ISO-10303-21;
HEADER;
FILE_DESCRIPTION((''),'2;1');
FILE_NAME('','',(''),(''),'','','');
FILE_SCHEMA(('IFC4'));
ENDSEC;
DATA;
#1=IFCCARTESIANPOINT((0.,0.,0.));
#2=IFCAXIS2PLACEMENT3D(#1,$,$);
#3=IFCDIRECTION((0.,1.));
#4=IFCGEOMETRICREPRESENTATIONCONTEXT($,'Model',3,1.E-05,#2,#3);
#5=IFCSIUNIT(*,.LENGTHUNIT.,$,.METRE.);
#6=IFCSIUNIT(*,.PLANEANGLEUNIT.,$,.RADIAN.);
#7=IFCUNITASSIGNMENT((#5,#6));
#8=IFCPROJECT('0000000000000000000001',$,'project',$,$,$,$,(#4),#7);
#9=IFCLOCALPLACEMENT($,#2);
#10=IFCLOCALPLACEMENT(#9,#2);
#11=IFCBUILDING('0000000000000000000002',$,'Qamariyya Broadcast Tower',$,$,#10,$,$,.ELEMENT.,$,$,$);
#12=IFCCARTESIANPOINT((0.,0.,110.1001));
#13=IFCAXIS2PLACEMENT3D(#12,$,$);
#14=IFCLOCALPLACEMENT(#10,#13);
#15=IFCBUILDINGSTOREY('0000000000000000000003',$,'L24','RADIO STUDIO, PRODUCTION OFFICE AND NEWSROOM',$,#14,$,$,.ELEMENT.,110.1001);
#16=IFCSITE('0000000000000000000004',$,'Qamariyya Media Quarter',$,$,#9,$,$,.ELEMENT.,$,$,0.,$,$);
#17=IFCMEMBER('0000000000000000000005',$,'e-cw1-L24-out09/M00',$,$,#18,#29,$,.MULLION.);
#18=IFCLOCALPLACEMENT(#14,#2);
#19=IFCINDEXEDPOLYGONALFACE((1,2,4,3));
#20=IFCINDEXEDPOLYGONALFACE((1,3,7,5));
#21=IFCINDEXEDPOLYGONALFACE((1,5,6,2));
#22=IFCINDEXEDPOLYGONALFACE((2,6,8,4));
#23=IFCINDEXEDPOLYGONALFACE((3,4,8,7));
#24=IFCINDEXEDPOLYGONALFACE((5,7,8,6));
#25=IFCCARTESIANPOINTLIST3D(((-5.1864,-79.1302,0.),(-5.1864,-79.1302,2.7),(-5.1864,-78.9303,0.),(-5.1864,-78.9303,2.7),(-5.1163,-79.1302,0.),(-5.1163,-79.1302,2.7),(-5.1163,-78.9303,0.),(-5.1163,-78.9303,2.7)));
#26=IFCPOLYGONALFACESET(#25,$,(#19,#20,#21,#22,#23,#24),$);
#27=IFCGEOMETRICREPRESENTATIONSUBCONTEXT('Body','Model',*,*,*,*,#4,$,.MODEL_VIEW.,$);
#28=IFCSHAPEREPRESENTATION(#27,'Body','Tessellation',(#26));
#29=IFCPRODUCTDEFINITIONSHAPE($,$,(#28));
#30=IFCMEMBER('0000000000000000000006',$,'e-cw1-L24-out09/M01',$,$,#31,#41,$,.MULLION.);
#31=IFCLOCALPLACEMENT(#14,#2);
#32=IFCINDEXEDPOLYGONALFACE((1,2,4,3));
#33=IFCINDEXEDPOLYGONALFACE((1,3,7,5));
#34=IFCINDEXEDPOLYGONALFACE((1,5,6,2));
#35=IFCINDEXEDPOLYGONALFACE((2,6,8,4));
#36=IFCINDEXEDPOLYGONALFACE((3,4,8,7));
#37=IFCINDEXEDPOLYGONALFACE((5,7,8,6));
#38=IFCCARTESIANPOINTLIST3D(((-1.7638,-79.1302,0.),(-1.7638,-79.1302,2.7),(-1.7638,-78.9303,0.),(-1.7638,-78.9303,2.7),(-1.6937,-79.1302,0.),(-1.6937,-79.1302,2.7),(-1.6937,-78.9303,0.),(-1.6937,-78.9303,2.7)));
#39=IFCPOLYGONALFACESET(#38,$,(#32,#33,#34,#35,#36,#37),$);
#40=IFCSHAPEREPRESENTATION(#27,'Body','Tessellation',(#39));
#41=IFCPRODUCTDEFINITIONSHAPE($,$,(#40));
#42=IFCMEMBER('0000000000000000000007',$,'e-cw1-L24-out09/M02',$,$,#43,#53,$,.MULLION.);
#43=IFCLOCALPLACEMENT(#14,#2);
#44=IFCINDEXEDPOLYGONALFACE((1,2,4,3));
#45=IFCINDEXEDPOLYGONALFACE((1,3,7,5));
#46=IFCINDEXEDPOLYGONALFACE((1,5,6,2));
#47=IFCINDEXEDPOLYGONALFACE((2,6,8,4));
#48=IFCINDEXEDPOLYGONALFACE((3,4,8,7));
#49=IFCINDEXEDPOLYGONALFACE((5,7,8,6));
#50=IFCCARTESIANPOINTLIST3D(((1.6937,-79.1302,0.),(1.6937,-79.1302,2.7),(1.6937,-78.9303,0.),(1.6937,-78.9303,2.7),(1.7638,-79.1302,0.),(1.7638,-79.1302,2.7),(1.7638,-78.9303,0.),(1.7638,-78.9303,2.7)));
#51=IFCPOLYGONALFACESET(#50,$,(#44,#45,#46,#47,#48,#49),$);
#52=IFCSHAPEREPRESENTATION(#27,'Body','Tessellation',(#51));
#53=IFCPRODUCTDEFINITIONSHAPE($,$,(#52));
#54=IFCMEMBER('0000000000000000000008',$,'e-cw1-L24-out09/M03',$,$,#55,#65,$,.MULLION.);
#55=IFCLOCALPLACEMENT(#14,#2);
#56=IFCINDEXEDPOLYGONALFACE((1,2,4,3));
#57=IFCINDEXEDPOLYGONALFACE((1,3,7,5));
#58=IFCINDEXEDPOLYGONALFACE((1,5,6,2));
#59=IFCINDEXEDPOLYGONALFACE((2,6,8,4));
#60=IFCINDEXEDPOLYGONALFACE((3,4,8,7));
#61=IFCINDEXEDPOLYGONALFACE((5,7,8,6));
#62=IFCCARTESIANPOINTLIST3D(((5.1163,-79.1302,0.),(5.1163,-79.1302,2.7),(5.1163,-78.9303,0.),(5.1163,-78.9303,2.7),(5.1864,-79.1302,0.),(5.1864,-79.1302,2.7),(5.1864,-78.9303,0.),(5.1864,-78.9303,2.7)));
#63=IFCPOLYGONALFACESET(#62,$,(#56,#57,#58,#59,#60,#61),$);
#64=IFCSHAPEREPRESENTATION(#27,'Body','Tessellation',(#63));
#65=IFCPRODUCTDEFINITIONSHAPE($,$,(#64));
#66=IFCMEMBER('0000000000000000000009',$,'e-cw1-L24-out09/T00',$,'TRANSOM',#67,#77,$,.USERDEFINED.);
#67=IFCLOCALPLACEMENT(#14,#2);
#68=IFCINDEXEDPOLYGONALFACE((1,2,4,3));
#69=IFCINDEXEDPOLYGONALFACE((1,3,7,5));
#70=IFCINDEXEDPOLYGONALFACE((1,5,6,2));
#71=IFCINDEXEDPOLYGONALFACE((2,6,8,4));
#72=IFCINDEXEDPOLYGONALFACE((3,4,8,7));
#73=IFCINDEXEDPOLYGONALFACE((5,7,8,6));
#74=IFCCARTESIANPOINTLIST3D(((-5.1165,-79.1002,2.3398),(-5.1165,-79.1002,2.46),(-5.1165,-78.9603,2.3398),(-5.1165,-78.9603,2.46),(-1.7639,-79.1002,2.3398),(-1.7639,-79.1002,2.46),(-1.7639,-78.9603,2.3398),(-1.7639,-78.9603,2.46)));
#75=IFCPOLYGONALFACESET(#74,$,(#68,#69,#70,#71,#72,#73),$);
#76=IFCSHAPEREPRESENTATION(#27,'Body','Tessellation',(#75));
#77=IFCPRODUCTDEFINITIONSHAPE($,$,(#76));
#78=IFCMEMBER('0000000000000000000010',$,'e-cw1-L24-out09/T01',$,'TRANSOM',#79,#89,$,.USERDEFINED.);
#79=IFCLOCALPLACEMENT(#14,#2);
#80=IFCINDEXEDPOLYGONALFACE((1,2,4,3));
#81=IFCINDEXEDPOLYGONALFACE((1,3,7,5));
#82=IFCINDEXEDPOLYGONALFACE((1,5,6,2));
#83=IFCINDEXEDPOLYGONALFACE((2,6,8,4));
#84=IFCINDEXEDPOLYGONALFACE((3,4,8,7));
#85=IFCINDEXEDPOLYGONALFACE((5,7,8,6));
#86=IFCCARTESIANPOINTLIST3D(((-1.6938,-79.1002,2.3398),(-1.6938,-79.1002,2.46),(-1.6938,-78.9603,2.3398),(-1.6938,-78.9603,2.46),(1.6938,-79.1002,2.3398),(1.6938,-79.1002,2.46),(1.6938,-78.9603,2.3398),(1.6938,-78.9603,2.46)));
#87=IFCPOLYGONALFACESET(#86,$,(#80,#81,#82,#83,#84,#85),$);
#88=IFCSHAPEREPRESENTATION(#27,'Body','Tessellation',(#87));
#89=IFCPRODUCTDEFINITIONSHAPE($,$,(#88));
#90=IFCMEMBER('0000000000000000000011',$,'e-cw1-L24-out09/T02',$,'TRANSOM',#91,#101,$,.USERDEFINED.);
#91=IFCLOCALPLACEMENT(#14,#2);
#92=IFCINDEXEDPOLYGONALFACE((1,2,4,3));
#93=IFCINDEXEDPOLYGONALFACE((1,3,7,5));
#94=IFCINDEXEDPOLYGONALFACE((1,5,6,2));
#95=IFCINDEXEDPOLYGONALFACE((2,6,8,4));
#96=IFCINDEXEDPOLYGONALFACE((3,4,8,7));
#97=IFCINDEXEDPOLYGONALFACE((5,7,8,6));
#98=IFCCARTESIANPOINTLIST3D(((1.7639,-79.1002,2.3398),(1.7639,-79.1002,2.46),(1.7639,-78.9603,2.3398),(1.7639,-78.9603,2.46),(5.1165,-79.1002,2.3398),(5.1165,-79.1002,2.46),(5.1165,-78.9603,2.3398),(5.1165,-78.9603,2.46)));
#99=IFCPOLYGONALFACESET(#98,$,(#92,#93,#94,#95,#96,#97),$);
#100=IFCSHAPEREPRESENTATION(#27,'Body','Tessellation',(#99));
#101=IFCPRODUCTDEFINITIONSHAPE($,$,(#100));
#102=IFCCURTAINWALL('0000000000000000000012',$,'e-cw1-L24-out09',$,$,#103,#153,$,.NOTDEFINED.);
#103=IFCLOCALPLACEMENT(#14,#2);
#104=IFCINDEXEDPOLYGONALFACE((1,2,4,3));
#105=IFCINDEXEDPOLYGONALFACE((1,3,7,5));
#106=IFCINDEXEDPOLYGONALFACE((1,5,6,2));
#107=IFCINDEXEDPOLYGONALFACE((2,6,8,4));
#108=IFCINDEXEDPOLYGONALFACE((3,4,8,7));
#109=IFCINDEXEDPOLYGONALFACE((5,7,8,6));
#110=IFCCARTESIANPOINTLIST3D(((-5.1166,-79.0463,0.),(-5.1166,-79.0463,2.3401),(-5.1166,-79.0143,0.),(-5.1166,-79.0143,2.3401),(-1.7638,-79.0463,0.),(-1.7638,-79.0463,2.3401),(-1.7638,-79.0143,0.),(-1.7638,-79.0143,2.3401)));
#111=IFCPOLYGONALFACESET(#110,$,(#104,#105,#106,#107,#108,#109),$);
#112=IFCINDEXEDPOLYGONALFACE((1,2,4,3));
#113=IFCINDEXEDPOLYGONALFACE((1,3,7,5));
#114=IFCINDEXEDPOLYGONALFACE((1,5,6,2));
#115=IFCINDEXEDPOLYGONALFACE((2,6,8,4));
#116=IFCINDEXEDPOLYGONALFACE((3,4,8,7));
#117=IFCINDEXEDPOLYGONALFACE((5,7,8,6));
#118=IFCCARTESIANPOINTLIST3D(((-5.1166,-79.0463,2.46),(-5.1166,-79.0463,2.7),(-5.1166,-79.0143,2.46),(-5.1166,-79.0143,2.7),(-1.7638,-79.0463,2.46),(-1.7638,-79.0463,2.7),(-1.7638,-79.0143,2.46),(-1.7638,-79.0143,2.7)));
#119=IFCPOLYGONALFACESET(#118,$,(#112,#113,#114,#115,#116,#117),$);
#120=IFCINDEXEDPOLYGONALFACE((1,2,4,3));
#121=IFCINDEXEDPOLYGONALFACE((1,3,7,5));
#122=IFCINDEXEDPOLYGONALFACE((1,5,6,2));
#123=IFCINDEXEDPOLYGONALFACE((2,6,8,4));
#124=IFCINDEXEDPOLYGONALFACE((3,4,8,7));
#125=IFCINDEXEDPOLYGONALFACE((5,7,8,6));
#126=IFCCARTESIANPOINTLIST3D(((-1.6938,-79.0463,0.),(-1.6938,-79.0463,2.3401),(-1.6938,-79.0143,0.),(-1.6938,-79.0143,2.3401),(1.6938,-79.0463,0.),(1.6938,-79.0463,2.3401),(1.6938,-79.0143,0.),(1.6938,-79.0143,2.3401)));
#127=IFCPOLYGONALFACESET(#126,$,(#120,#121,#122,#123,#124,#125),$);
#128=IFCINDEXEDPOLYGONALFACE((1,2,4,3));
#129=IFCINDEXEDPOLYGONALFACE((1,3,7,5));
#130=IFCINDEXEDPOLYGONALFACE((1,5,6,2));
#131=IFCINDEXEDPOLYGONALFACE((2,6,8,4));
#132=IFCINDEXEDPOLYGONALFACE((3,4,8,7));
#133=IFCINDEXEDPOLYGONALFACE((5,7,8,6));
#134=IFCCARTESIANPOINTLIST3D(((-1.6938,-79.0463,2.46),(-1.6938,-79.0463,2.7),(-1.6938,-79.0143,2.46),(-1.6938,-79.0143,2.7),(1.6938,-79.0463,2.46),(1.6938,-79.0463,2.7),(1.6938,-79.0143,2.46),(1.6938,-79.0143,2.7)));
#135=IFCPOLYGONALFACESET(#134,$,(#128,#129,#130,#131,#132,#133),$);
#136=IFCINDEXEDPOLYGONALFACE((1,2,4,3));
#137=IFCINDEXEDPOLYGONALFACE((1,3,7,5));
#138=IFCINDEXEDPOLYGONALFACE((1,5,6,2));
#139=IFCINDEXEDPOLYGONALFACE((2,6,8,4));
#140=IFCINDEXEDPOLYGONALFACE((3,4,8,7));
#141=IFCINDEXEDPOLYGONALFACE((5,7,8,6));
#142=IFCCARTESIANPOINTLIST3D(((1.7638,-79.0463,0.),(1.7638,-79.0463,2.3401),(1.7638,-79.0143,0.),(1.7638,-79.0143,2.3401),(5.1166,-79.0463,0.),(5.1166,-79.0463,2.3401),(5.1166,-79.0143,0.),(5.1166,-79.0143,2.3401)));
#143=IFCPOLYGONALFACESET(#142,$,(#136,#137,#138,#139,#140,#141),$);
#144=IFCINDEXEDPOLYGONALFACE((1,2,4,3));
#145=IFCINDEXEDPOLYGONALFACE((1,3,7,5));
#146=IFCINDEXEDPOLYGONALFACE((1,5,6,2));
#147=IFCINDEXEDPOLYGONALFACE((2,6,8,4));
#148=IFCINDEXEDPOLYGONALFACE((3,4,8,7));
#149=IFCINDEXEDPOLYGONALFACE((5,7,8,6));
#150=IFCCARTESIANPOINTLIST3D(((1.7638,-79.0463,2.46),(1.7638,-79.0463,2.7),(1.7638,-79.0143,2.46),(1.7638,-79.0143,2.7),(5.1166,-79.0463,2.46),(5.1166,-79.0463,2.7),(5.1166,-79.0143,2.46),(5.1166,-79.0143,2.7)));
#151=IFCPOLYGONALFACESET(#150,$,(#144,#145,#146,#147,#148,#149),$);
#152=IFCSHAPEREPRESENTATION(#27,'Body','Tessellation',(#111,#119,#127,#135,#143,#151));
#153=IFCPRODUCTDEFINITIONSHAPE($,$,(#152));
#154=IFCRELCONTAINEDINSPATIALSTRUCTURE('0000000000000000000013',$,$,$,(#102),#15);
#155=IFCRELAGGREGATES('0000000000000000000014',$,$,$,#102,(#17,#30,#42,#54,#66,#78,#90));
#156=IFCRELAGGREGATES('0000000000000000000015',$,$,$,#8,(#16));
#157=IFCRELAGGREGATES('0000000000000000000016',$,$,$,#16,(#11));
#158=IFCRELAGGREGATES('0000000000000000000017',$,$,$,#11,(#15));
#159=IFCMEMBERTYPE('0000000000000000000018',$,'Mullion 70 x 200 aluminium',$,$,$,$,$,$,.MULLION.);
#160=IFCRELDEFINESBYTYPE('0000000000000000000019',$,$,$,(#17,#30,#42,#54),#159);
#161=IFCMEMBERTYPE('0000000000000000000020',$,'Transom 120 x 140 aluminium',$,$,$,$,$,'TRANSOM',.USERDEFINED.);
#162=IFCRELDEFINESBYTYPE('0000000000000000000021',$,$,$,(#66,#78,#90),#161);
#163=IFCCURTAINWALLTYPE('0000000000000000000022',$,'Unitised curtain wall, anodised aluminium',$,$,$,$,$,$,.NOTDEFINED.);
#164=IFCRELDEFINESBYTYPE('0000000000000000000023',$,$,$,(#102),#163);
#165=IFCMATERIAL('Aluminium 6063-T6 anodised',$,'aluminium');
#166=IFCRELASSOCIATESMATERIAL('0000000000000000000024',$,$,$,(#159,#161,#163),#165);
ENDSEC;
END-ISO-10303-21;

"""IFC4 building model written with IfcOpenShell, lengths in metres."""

from ifc_helpers import new_model, si_unit, direction, frame, origin, origin_2d, place, context, subcontext, project, spatial, rectangle, extrude, material, material_profile, profile_set, type_object, element, aggregate, save


model = new_model("IFC4")

# Units and contexts
model_context = context("Model", 3, precision=1e-05, world=origin(), true_north=direction((0.0, 1.0)))
body_context = subcontext(model_context, "Body", "Model", "MODEL_VIEW")
ifc_project = project(units=[si_unit("LENGTHUNIT", "METRE"), si_unit("PLANEANGLEUNIT", "RADIAN")], contexts=[model_context])

# Members
ifc_material = material(Name="Aluminium 6063-T6 anodised", Category="aluminium")
ifc_material_profile_1 = material_profile(ifc_material, rectangle(XDim=0.2, YDim=0.0701, at=origin_2d()))
ifc_profile_set_1 = profile_set([ifc_material_profile_1], Name="Aluminium 6063-T6 anodised")
member_type_1 = type_object("IfcMemberType", Name="Mullion 70 x 200 aluminium", PredefinedType="MULLION", material=ifc_profile_set_1)
site_placement = place(None, origin())
building_placement = place(site_placement, origin())
storey_placement = place(building_placement, frame((0.0, 0.0, 110.1001)))
member_1_placement = place(storey_placement, frame((-5.1514, -79.0303, 0.0), z_axis=(0.0, 0.0, 1.0), x_axis=(0.0, 1.0, 0.0)))
member_1 = element("IfcMember", 1, at=member_1_placement, type_object=member_type_1, Name="e-cw1-L24-out09/M00", PredefinedType="MULLION", context=body_context, shape_type="SweptSolid", body=[
    extrude(rectangle(XDim=0.2, YDim=0.0701, at=origin_2d()), origin(), (0.0, 0.0, 1.0), 2.7),
])
member_2_placement = place(storey_placement, frame((-1.7288, -79.0303, 0.0), z_axis=(0.0, 0.0, 1.0), x_axis=(0.0, 1.0, 0.0)))
member_2 = element("IfcMember", 2, at=member_2_placement, type_object=member_type_1, Name="e-cw1-L24-out09/M01", PredefinedType="MULLION", context=body_context, shape_type="SweptSolid", body=[
    extrude(rectangle(XDim=0.2, YDim=0.0701, at=origin_2d()), origin(), (0.0, 0.0, 1.0), 2.7),
])
member_3_placement = place(storey_placement, frame((1.7288, -79.0303, 0.0), z_axis=(0.0, 0.0, 1.0), x_axis=(0.0, 1.0, 0.0)))
member_3 = element("IfcMember", 3, at=member_3_placement, type_object=member_type_1, Name="e-cw1-L24-out09/M02", PredefinedType="MULLION", context=body_context, shape_type="SweptSolid", body=[
    extrude(rectangle(XDim=0.2, YDim=0.0701, at=origin_2d()), origin(), (0.0, 0.0, 1.0), 2.7),
])
member_4_placement = place(storey_placement, frame((5.1514, -79.0303, 0.0), z_axis=(0.0, 0.0, 1.0), x_axis=(0.0, 1.0, 0.0)))
member_4 = element("IfcMember", 4, at=member_4_placement, type_object=member_type_1, Name="e-cw1-L24-out09/M03", PredefinedType="MULLION", context=body_context, shape_type="SweptSolid", body=[
    extrude(rectangle(XDim=0.2, YDim=0.0701, at=origin_2d()), origin(), (0.0, 0.0, 1.0), 2.7),
])
ifc_material_profile_2 = material_profile(ifc_material, rectangle(XDim=0.1399, YDim=0.1201, at=origin_2d()))
ifc_profile_set_2 = profile_set([ifc_material_profile_2], Name="Aluminium 6063-T6 anodised")
member_type_2 = type_object("IfcMemberType", Name="Transom 120 x 140 aluminium", ElementType="TRANSOM", PredefinedType="USERDEFINED", material=ifc_profile_set_2)
member_5_placement = place(storey_placement, frame((-5.1165, -79.0303, 2.3999), z_axis=(1.0, 0.0, 0.0), x_axis=(0.0, 1.0, 0.0)))
member_5 = element("IfcMember", 5, at=member_5_placement, type_object=member_type_2, Name="e-cw1-L24-out09/T00", ObjectType="TRANSOM", PredefinedType="USERDEFINED", context=body_context, shape_type="SweptSolid", body=[
    extrude(rectangle(XDim=0.1399, YDim=0.1201, at=origin_2d()), origin(), (0.0, 0.0, 1.0), 3.3525),
])
member_6_placement = place(storey_placement, frame((-1.6938, -79.0303, 2.3999), z_axis=(1.0, 0.0, 0.0), x_axis=(0.0, 1.0, 0.0)))
member_6 = element("IfcMember", 6, at=member_6_placement, type_object=member_type_2, Name="e-cw1-L24-out09/T01", ObjectType="TRANSOM", PredefinedType="USERDEFINED", context=body_context, shape_type="SweptSolid", body=[
    extrude(rectangle(XDim=0.1399, YDim=0.1201, at=origin_2d()), origin(), (0.0, 0.0, 1.0), 3.3877),
])
member_7_placement = place(storey_placement, frame((1.7639, -79.0303, 2.3999), z_axis=(1.0, 0.0, 0.0), x_axis=(0.0, 1.0, 0.0)))
member_7 = element("IfcMember", 7, at=member_7_placement, type_object=member_type_2, Name="e-cw1-L24-out09/T02", ObjectType="TRANSOM", PredefinedType="USERDEFINED", context=body_context, shape_type="SweptSolid", body=[
    extrude(rectangle(XDim=0.1399, YDim=0.1201, at=origin_2d()), origin(), (0.0, 0.0, 1.0), 3.3525),
])

# Site, building, storey
site = spatial("IfcSite", under=ifc_project, at=site_placement, Name="Qamariyya Media Quarter", CompositionType="ELEMENT", RefElevation=0.0)
building = spatial("IfcBuilding", under=site, at=building_placement, Name="Qamariyya Broadcast Tower", CompositionType="ELEMENT")
storey = spatial("IfcBuildingStorey", under=building, at=storey_placement, Name="L24", Description="RADIO STUDIO, PRODUCTION OFFICE AND NEWSROOM", CompositionType="ELEMENT", Elevation=110.1001)

# Curtain wall
curtain_wall_type = type_object("IfcCurtainWallType", Name="Unitised curtain wall, anodised aluminium", PredefinedType="NOTDEFINED", material=ifc_material)
curtain_wall_1_placement = place(storey_placement, origin())
curtain_wall_1 = element("IfcCurtainWall", 8, at=curtain_wall_1_placement, inside=storey, type_object=curtain_wall_type, Name="e-cw1-L24-out09", PredefinedType="NOTDEFINED", context=body_context, shape_type="SweptSolid", body=[
    extrude(rectangle(XDim=3.3528, YDim=0.032, at=origin_2d()), frame((-3.4402, -79.0303, 0.0), x_axis=(1.0, 0.0, 0.0)), (0.0, 0.0, 1.0), 2.3401),
    extrude(rectangle(XDim=3.3528, YDim=0.032, at=origin_2d()), frame((-3.4402, -79.0303, 2.46), x_axis=(1.0, 0.0, 0.0)), (0.0, 0.0, 1.0), 0.24),
    extrude(rectangle(XDim=3.3877, YDim=0.032, at=origin_2d()), frame((0.0, -79.0303, 0.0), x_axis=(1.0, 0.0, 0.0)), (0.0, 0.0, 1.0), 2.3401),
    extrude(rectangle(XDim=3.3877, YDim=0.032, at=origin_2d()), frame((0.0, -79.0303, 2.46), x_axis=(1.0, 0.0, 0.0)), (0.0, 0.0, 1.0), 0.24),
    extrude(rectangle(XDim=3.3528, YDim=0.032, at=origin_2d()), frame((3.4402, -79.0303, 0.0), x_axis=(1.0, 0.0, 0.0)), (0.0, 0.0, 1.0), 2.3401),
    extrude(rectangle(XDim=3.3528, YDim=0.032, at=origin_2d()), frame((3.4402, -79.0303, 2.46), x_axis=(1.0, 0.0, 0.0)), (0.0, 0.0, 1.0), 0.24),
])
aggregate(curtain_wall_1, [member_1, member_2, member_3, member_4, member_5, member_6, member_7])

save(model, "model.ifc")
